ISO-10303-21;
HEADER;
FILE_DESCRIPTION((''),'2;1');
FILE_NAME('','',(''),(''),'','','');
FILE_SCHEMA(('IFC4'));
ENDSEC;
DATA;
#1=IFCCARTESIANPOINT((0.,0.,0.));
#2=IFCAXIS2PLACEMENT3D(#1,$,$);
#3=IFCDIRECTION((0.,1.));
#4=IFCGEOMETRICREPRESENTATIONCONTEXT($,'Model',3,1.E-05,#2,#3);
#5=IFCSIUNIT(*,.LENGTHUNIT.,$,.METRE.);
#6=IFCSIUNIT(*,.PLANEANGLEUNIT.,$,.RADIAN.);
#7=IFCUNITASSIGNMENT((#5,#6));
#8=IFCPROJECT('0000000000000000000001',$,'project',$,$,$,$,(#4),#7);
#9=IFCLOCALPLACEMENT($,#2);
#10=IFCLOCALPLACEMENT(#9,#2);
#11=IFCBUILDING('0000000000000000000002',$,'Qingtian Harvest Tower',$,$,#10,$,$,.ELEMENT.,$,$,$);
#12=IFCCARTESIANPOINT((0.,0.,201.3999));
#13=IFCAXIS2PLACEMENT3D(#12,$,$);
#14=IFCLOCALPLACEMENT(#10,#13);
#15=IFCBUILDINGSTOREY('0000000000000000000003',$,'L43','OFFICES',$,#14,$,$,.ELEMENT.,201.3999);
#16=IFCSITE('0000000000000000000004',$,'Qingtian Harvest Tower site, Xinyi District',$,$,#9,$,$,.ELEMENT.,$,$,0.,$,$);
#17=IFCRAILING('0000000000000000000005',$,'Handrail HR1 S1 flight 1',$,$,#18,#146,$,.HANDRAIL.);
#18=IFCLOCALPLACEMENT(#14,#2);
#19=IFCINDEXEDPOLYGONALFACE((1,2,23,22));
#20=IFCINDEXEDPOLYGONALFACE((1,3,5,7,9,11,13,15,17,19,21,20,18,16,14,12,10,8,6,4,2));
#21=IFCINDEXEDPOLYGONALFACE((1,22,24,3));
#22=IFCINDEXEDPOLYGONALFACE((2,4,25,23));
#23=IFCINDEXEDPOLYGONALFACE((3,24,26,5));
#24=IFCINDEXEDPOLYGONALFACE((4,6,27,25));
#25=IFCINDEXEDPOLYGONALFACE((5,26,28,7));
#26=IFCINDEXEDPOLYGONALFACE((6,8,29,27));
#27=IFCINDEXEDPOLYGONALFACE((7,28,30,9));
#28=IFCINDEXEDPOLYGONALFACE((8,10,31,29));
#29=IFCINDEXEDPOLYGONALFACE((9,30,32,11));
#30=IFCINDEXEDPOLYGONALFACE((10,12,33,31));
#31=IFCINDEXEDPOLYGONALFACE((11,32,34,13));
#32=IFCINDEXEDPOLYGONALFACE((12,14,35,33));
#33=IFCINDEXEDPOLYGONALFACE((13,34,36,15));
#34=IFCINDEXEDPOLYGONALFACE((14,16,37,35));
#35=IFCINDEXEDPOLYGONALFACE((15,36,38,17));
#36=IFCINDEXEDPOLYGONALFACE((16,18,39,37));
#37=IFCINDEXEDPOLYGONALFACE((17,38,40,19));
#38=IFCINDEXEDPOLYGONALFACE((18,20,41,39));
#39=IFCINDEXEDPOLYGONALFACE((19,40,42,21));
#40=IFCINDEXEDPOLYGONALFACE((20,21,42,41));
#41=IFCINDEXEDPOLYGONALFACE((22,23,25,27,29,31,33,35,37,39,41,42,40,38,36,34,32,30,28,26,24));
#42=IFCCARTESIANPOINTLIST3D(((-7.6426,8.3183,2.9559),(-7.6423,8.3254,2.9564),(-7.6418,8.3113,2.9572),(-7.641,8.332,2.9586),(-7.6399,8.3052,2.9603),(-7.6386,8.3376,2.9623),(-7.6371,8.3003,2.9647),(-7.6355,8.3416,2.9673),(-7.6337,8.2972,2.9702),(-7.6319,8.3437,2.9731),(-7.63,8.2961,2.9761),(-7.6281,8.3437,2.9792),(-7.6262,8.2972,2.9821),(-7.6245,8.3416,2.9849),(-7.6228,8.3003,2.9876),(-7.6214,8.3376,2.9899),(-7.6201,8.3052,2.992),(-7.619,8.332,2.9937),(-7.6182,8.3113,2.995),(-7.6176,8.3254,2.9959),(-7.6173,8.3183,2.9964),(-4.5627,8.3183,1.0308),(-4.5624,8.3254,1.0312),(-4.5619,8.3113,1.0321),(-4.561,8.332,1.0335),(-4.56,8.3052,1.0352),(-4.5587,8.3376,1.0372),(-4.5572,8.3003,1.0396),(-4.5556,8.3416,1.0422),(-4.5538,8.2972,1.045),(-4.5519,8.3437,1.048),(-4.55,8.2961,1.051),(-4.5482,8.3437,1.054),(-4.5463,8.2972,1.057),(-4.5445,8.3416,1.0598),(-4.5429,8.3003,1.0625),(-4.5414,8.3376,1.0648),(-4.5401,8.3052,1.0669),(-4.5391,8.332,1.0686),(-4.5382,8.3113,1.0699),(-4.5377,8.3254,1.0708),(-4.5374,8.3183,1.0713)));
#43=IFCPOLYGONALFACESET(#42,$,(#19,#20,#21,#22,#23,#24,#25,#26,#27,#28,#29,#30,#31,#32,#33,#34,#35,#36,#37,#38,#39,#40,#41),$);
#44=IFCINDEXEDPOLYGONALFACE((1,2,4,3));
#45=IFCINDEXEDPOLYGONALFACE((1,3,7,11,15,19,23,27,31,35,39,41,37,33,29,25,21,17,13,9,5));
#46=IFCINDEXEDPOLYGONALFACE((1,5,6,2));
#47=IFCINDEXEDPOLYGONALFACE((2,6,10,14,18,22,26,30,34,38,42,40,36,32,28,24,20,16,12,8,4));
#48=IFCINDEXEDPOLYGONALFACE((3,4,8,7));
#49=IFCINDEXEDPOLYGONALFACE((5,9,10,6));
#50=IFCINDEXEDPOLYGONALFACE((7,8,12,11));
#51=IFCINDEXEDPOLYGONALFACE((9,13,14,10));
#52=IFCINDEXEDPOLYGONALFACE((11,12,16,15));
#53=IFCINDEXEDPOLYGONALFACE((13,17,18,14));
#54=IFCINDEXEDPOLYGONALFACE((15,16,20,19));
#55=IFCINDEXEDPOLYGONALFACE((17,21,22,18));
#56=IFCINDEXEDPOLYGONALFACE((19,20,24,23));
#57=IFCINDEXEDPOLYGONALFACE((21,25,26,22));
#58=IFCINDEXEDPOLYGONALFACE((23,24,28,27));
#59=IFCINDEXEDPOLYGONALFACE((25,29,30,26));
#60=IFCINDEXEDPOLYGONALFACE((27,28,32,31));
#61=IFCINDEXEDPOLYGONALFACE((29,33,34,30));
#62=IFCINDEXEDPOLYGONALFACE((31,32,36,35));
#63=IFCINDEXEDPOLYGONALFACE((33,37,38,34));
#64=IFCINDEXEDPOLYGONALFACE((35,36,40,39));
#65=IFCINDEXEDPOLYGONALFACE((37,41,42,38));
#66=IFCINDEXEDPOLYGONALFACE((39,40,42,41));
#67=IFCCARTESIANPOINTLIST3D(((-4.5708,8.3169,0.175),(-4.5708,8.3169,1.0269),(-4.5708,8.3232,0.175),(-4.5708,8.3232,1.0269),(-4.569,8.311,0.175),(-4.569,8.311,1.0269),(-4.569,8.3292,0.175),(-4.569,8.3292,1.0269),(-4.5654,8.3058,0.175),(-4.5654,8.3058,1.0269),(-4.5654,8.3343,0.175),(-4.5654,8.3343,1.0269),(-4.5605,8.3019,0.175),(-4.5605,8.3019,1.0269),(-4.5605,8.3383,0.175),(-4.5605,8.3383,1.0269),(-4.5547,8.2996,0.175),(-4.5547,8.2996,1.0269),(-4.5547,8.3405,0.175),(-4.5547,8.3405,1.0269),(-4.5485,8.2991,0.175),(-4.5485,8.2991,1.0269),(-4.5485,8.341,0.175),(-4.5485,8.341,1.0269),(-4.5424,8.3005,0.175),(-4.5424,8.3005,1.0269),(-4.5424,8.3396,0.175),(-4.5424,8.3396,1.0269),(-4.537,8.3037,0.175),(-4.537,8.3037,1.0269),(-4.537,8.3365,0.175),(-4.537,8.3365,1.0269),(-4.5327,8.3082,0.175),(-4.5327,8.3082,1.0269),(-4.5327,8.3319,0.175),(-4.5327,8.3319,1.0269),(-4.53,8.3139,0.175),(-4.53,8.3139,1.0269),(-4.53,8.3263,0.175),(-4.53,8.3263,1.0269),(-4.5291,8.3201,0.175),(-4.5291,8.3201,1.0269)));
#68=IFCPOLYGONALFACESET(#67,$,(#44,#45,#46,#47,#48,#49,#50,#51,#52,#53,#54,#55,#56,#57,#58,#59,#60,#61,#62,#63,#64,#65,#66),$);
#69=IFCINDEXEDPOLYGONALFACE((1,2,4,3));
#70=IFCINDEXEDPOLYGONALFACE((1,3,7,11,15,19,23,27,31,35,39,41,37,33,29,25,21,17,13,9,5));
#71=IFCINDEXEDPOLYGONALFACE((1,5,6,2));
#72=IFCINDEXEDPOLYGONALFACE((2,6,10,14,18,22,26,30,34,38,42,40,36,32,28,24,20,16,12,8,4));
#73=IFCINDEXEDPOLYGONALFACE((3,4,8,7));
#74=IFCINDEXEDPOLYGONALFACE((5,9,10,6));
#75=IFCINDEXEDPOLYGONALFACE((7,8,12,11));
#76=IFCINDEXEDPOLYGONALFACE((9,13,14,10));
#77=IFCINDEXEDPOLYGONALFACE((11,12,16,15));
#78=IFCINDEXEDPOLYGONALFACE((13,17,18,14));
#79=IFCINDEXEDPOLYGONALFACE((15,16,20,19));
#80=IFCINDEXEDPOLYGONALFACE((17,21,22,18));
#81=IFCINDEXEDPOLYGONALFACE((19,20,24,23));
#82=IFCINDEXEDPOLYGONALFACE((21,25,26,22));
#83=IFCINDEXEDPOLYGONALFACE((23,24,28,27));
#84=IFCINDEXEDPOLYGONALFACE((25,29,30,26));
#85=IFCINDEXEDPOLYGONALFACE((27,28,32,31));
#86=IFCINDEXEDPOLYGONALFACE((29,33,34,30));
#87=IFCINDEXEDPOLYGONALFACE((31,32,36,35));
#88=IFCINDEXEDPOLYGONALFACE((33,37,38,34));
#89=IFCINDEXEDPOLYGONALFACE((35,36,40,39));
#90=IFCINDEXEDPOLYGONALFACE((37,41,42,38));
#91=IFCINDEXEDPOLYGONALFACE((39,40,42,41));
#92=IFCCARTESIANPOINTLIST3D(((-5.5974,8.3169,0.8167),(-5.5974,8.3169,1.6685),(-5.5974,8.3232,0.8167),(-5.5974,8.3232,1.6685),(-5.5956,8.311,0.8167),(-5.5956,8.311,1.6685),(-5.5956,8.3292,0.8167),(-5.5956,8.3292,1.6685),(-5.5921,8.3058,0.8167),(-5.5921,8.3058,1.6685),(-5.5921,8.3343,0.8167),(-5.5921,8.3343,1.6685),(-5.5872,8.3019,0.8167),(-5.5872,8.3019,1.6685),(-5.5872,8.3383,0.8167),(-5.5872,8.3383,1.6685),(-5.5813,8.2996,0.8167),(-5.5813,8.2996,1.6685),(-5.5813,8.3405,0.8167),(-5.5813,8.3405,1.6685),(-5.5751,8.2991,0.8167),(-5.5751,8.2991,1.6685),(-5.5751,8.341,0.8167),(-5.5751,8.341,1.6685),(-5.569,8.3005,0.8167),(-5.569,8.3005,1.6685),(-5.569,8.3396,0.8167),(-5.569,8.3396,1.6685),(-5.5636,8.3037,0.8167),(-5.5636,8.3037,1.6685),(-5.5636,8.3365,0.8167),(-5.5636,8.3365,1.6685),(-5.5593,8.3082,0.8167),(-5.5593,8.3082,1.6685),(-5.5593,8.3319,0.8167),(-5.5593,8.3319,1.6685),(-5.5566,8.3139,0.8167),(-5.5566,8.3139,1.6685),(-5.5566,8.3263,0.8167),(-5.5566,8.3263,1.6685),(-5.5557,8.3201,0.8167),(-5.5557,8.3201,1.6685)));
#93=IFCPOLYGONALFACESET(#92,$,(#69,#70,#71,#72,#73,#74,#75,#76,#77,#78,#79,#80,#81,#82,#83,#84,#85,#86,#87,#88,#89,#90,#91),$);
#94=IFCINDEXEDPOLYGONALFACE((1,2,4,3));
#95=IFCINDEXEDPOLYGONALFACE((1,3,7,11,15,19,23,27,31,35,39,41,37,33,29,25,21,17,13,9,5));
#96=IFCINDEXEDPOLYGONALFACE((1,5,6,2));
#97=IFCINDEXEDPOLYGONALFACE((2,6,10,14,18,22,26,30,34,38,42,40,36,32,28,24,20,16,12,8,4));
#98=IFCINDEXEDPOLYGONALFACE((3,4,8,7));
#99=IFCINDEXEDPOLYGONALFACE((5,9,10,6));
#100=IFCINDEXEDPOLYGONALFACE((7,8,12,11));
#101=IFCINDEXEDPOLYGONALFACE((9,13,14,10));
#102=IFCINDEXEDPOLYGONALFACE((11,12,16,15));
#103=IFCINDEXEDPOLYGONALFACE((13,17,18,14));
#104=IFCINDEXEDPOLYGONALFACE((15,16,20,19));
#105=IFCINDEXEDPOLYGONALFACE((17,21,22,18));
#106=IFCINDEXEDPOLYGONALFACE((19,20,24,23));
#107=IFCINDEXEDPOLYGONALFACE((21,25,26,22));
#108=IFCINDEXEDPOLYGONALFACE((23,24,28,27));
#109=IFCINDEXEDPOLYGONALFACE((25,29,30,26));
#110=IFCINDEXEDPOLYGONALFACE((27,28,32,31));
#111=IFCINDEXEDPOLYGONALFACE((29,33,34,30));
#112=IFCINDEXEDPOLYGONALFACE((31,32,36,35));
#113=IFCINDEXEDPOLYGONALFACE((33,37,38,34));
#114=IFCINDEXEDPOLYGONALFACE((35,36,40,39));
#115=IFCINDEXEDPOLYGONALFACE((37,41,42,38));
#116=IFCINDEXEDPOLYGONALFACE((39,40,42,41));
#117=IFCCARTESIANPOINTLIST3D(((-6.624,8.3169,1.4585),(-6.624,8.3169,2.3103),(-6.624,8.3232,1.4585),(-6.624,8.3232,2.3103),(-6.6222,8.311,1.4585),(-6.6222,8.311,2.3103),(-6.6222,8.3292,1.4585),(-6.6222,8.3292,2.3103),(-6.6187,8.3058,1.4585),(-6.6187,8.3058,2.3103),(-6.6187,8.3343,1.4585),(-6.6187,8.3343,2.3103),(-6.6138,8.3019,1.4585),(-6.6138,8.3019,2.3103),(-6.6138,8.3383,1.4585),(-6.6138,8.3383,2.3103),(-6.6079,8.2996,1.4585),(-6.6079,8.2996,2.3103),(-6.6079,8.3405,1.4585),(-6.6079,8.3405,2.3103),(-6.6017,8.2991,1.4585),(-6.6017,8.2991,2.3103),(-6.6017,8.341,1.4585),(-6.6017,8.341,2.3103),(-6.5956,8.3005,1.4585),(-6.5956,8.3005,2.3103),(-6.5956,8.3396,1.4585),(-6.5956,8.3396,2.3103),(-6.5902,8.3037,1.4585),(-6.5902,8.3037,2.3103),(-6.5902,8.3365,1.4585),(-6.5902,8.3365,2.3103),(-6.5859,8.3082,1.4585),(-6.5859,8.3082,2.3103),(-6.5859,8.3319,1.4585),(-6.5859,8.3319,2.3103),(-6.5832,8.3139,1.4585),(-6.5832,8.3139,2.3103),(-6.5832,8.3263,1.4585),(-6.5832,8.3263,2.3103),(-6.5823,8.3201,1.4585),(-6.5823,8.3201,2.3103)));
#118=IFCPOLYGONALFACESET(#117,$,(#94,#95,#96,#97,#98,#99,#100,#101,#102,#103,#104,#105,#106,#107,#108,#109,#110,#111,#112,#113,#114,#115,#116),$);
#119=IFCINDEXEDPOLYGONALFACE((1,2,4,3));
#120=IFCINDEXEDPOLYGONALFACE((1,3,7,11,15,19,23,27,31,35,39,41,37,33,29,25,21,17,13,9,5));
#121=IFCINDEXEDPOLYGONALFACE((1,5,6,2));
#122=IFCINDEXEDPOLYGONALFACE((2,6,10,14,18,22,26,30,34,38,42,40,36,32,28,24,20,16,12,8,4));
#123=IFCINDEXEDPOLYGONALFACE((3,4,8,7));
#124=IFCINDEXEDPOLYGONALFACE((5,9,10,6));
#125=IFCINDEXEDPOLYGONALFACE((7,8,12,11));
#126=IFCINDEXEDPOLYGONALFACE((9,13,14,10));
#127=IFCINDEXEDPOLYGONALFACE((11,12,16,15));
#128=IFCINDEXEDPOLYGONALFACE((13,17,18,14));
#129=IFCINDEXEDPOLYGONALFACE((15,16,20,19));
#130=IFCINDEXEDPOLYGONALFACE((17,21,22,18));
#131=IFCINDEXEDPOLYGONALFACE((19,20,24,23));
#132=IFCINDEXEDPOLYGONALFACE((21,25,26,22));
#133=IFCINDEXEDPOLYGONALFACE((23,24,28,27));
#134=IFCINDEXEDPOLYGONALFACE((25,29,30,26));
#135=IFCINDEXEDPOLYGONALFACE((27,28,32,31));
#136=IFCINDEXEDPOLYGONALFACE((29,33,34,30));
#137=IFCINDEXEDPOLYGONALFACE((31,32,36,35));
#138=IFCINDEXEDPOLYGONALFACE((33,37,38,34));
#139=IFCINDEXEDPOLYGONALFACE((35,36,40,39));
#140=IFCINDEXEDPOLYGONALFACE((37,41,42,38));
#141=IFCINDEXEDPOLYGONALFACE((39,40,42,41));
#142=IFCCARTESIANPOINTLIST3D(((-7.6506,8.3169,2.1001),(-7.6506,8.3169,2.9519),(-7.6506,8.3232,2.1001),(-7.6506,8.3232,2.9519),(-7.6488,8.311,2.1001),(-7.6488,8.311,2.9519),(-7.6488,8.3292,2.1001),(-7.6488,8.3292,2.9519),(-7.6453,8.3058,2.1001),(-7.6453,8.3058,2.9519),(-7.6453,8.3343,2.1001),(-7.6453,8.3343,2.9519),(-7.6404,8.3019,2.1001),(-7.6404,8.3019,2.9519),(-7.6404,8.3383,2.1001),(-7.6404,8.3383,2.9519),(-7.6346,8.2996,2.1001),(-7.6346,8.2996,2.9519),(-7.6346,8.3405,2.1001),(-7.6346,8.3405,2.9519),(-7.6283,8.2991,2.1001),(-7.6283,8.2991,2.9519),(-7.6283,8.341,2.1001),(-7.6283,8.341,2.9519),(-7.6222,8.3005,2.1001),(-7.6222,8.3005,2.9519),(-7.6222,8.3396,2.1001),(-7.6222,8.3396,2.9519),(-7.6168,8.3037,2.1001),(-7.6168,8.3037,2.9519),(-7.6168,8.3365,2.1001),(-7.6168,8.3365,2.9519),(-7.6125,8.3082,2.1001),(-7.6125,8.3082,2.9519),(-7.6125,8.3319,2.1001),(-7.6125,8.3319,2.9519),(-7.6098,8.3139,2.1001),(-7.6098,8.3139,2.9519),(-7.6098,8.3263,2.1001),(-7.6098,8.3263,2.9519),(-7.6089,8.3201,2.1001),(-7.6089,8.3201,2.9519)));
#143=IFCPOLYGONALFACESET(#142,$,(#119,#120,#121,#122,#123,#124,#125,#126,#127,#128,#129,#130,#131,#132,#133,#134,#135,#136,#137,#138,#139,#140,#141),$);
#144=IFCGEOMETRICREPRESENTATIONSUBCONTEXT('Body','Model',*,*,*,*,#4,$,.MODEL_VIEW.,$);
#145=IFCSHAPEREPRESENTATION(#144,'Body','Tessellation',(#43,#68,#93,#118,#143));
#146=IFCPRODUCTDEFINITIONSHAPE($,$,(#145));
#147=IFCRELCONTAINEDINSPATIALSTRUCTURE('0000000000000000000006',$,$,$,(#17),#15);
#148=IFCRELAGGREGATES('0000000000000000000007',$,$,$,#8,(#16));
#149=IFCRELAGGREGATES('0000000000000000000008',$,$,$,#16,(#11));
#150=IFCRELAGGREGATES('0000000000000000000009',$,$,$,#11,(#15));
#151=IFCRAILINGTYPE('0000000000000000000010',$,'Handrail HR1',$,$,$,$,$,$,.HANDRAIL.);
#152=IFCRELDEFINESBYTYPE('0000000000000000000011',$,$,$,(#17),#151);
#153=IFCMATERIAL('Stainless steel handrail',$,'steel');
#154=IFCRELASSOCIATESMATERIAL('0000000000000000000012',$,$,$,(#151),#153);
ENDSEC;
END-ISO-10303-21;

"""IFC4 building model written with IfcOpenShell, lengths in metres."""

from ifc_helpers import new_model, si_unit, direction, frame, origin, origin_2d, place, context, subcontext, project, spatial, circle, extrude, material, type_object, element, save


model = new_model("IFC4")

# Units and contexts
model_context = context("Model", 3, precision=1e-05, world=origin(), true_north=direction((0.0, 1.0)))
body_context = subcontext(model_context, "Body", "Model", "MODEL_VIEW")
ifc_project = project(units=[si_unit("LENGTHUNIT", "METRE"), si_unit("PLANEANGLEUNIT", "RADIAN")], contexts=[model_context])

# Site, building, storey
site_placement = place(None, origin())
site = spatial("IfcSite", under=ifc_project, at=site_placement, Name="Qingtian Harvest Tower site, Xinyi District", CompositionType="ELEMENT", RefElevation=0.0)
building_placement = place(site_placement, origin())
building = spatial("IfcBuilding", under=site, at=building_placement, Name="Qingtian Harvest Tower", CompositionType="ELEMENT")
storey_placement = place(building_placement, frame((0.0, 0.0, 201.3999)))
storey = spatial("IfcBuildingStorey", under=building, at=storey_placement, Name="L43", Description="OFFICES", CompositionType="ELEMENT", Elevation=201.3999)

# Railing
ifc_material_1 = material(Name="Stainless steel handrail", Category="steel")
railing_type = type_object("IfcRailingType", Name="Handrail HR1", PredefinedType="HANDRAIL", material=ifc_material_1)
railing_placement = place(storey_placement, frame((-4.55, 8.3201, 0.175)))
element("IfcRailing", 1, at=railing_placement, inside=storey, type_object=railing_type, Name="Handrail HR1 S1 flight 1", PredefinedType="HANDRAIL", context=body_context, shape_type="SweptSolid", body=[
    extrude(circle(Radius=0.0239, at=origin_2d()), frame((0.0, 0.0, 0.876), z_axis=(-0.847979, 0.0, 0.530029), x_axis=(0.0, -1.0, 0.0)), (0.0, 0.0, 1.0), 3.6321),
    extrude(circle(Radius=0.021, at=origin_2d()), origin(), (0.0, 0.0, 1.0), 0.8518),
    extrude(circle(Radius=0.021, at=origin_2d()), frame((-1.0266, 0.0, 0.6416)), (0.0, 0.0, 1.0), 0.8518),
    extrude(circle(Radius=0.021, at=origin_2d()), frame((-2.0532, 0.0, 1.2834)), (0.0, 0.0, 1.0), 0.8518),
    extrude(circle(Radius=0.021, at=origin_2d()), frame((-3.0798, 0.0, 1.925)), (0.0, 0.0, 1.0), 0.8518),
])

save(model, "model.ifc")
